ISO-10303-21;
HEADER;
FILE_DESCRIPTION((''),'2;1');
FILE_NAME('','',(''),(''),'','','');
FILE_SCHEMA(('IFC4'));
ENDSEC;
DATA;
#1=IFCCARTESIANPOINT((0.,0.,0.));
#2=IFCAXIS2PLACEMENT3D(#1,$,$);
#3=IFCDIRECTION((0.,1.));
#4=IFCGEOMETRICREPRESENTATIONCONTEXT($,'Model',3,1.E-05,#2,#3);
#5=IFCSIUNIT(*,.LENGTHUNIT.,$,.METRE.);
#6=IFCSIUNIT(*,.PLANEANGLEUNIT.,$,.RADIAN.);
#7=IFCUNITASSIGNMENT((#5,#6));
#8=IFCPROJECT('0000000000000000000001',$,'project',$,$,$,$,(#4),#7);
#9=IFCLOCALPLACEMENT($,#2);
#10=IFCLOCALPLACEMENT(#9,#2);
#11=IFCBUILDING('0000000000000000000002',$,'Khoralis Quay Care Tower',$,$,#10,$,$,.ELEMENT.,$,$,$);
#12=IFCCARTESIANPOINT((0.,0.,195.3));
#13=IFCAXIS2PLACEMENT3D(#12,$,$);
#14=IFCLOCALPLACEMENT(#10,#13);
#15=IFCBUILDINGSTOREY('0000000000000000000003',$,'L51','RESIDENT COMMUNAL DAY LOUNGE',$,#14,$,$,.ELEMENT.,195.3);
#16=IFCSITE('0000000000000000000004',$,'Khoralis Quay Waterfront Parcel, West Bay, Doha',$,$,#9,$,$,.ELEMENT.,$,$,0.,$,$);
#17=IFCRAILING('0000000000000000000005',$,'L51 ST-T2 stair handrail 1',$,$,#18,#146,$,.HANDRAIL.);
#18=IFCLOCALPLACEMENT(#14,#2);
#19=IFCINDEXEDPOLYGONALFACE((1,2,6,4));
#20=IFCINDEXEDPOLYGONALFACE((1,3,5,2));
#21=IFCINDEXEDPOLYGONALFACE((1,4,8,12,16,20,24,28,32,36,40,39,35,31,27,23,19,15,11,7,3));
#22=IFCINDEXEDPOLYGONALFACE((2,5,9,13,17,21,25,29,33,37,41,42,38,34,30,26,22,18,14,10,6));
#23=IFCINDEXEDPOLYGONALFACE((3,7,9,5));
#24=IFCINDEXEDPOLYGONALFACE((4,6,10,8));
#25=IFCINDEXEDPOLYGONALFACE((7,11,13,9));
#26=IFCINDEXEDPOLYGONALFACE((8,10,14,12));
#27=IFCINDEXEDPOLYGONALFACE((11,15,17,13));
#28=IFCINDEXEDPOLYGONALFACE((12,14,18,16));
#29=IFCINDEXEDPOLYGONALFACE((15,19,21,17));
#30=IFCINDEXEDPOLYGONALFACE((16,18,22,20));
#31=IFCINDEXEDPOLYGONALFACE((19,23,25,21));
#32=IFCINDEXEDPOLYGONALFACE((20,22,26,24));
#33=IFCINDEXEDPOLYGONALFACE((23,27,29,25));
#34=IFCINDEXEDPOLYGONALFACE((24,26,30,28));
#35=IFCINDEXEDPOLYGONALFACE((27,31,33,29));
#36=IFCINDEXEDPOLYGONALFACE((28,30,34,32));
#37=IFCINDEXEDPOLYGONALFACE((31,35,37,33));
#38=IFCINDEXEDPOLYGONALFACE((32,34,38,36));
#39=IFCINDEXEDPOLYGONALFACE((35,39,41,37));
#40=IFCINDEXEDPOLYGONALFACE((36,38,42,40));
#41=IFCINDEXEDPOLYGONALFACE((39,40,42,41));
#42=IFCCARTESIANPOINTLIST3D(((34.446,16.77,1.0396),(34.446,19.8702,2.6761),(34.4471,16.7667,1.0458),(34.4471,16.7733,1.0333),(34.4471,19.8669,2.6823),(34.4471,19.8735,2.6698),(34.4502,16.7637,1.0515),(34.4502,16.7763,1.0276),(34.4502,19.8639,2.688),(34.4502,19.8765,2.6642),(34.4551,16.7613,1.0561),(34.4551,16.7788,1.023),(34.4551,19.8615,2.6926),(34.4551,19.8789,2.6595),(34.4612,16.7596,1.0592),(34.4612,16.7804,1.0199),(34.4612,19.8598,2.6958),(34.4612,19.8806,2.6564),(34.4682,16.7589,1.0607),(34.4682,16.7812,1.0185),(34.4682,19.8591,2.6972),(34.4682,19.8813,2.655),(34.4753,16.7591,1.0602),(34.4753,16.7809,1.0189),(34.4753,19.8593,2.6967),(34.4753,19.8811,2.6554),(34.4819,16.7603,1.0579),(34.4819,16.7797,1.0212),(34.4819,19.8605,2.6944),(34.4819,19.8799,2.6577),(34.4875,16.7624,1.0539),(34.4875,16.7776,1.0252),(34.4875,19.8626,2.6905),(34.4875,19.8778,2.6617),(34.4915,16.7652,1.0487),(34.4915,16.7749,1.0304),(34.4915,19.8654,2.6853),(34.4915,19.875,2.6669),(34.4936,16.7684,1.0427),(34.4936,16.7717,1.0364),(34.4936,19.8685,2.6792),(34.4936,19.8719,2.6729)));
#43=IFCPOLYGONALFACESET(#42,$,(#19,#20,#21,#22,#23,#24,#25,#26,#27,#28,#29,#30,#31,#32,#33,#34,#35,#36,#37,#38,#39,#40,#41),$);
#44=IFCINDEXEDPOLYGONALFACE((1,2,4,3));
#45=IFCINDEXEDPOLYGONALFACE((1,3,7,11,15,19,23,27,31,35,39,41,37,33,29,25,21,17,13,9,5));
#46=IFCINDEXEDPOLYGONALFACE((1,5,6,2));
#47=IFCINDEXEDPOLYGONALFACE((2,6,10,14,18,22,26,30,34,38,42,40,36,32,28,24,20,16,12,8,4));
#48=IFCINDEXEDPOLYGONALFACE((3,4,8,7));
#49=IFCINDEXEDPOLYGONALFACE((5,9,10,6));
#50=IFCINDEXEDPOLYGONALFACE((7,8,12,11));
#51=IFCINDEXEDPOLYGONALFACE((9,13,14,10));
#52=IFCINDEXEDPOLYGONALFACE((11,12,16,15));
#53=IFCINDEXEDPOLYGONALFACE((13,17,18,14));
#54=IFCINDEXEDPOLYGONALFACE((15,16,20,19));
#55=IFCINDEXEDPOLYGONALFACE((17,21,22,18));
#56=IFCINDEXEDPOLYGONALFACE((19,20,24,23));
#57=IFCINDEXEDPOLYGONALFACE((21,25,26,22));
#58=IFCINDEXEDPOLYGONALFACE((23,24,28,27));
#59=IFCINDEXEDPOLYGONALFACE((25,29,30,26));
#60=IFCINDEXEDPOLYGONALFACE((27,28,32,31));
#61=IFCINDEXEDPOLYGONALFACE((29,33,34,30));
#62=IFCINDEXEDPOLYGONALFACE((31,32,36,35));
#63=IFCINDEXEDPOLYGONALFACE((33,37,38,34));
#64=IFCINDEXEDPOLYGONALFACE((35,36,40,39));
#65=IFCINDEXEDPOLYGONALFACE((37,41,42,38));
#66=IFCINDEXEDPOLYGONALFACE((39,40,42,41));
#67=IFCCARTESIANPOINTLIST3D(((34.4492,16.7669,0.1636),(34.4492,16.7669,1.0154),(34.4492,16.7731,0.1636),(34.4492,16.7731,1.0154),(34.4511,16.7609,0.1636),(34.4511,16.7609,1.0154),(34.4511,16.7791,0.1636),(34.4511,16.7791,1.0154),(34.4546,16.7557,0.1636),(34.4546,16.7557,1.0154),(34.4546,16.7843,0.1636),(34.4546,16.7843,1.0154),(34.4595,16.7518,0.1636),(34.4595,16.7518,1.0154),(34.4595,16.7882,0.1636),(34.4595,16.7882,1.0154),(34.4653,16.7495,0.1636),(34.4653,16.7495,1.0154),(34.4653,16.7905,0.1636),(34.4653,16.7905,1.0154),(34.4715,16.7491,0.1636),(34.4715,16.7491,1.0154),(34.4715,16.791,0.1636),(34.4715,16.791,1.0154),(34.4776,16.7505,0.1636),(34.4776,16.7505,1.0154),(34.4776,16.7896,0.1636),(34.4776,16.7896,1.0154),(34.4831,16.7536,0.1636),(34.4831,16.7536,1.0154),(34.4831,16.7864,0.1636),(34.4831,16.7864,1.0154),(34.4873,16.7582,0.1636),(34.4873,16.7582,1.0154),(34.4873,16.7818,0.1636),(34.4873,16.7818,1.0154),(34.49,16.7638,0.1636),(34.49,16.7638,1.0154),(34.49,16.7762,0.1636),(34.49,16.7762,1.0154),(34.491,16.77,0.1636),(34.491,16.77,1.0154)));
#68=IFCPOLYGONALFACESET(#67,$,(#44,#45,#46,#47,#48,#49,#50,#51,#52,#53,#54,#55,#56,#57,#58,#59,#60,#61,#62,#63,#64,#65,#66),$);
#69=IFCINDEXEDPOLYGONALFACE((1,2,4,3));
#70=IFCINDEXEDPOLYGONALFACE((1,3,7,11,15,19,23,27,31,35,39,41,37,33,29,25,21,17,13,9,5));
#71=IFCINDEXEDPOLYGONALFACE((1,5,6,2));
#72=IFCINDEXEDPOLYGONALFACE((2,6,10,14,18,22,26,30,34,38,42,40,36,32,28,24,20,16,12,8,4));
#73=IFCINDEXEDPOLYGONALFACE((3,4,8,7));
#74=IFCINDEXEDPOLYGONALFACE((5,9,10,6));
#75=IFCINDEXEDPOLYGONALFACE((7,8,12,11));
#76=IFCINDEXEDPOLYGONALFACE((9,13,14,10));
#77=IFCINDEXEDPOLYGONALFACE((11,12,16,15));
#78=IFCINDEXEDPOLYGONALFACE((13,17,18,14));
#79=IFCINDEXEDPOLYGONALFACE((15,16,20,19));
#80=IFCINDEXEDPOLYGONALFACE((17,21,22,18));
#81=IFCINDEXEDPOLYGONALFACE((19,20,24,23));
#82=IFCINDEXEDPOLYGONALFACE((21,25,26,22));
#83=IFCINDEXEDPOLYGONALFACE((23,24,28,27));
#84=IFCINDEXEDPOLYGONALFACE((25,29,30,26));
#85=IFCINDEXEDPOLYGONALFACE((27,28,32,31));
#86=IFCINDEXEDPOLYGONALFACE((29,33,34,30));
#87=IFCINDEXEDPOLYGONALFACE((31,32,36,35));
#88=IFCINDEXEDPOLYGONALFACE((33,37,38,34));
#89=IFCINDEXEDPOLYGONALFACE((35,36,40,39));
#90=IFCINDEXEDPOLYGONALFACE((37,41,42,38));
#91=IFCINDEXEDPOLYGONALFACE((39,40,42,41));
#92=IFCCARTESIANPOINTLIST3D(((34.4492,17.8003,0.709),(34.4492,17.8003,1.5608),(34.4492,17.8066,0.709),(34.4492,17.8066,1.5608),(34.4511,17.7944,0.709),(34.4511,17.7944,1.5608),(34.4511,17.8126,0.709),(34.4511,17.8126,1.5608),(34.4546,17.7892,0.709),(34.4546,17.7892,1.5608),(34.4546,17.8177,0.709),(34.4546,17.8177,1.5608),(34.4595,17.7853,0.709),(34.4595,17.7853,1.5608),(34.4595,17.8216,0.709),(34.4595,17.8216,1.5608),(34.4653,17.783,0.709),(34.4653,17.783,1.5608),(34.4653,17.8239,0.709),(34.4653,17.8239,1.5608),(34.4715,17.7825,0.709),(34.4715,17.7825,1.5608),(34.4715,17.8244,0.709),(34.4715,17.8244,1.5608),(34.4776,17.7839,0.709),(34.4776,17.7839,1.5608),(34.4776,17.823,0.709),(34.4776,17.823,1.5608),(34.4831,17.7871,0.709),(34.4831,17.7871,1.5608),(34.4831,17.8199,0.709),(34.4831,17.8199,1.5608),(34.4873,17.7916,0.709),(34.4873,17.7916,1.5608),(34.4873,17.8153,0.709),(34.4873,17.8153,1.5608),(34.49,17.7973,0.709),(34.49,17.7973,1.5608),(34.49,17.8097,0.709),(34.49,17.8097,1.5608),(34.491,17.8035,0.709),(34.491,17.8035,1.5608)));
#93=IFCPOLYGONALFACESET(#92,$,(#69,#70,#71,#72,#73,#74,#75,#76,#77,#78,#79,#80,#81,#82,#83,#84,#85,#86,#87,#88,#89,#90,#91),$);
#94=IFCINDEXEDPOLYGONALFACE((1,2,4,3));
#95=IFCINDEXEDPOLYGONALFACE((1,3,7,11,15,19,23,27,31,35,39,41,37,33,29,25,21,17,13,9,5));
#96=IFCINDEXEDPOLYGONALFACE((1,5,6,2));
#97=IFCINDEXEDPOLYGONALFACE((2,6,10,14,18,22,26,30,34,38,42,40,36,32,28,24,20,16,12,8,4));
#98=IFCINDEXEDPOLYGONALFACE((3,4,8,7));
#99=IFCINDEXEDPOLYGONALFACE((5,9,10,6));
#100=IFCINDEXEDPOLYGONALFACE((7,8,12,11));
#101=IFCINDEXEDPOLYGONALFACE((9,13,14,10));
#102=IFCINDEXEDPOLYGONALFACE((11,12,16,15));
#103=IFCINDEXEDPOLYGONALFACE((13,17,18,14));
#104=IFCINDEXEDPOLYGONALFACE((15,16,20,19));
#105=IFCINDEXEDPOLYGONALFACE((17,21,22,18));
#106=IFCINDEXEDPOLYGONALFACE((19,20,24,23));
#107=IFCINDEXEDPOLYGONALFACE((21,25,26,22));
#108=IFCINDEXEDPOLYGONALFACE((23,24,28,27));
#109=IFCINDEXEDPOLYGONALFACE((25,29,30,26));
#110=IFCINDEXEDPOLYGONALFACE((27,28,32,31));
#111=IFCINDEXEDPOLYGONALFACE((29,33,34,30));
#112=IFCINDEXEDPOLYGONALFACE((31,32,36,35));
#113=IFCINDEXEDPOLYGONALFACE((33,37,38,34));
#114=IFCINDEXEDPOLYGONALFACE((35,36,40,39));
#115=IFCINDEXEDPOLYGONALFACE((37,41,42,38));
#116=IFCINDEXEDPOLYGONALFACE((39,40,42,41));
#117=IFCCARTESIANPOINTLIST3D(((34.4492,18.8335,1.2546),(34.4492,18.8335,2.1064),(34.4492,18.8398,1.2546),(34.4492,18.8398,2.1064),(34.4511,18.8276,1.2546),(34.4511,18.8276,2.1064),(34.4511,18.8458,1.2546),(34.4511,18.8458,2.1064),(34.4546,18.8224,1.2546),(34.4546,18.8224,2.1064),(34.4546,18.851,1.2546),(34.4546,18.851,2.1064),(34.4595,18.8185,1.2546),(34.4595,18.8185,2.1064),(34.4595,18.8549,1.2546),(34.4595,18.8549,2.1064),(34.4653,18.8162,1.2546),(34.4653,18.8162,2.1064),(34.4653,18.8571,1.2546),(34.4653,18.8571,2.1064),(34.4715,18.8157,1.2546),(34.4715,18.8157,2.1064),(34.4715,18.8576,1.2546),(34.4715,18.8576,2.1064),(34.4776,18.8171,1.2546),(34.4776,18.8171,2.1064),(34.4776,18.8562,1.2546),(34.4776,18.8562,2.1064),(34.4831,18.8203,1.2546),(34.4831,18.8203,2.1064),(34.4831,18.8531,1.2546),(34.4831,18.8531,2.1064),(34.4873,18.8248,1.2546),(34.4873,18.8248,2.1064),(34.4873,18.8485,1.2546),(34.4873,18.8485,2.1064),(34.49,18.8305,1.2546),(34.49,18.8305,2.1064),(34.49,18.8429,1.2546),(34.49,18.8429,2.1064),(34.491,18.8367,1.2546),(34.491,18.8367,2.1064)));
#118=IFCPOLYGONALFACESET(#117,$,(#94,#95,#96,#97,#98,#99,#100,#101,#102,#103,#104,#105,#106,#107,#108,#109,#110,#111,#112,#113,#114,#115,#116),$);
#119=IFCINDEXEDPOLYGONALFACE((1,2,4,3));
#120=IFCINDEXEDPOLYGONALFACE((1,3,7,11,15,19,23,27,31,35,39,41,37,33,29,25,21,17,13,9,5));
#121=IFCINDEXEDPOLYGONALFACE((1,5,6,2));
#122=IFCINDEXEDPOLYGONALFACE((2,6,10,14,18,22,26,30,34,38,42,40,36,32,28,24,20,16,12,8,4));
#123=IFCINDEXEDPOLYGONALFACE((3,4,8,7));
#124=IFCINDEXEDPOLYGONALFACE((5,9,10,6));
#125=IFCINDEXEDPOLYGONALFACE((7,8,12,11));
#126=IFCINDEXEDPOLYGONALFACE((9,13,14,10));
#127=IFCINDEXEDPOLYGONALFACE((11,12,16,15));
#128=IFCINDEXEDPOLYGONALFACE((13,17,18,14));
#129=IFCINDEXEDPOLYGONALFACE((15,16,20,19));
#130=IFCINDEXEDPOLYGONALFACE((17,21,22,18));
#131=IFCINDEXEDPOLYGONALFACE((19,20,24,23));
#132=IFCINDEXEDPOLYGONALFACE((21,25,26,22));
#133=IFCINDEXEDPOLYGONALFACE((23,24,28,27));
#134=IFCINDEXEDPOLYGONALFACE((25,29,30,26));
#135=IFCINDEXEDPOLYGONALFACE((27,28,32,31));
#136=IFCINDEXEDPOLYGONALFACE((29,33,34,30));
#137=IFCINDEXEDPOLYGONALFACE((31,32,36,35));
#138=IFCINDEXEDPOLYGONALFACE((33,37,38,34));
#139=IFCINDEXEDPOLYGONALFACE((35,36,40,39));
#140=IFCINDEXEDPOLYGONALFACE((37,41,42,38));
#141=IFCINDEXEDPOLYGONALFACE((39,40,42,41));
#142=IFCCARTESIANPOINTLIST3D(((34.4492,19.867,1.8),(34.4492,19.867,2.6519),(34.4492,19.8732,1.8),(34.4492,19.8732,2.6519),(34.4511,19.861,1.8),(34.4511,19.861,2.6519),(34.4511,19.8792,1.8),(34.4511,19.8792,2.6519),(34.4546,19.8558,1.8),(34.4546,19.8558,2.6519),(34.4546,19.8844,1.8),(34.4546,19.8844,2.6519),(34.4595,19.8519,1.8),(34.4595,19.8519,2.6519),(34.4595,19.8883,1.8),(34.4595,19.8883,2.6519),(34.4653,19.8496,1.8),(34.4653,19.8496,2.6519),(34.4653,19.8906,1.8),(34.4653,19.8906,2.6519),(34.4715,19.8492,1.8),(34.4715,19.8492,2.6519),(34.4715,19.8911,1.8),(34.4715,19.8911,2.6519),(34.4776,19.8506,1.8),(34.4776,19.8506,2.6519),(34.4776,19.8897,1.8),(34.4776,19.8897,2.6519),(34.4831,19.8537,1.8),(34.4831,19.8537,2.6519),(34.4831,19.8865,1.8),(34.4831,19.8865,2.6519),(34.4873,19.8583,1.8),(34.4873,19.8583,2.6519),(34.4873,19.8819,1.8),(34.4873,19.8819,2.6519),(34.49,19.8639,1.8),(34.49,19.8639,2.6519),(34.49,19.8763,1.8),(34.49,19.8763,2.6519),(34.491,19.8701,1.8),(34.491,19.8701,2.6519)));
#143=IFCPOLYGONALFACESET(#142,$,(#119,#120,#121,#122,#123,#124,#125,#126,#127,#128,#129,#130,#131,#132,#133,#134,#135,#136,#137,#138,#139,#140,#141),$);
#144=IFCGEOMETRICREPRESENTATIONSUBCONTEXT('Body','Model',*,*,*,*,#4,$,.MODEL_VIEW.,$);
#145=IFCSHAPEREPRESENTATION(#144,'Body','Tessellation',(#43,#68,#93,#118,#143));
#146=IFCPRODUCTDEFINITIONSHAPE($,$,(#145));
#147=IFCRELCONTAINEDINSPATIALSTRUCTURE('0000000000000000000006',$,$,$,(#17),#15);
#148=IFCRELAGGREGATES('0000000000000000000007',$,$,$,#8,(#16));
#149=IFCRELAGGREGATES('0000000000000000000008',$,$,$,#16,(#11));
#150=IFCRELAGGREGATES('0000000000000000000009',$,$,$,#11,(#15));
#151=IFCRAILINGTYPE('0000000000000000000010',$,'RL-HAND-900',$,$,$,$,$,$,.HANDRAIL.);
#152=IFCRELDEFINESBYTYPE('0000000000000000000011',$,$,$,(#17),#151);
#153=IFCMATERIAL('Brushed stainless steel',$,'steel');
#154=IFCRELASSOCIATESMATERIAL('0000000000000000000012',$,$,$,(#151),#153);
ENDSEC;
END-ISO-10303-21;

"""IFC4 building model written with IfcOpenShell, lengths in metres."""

from ifc_helpers import new_model, si_unit, direction, frame, origin, origin_2d, place, context, subcontext, project, spatial, circle, extrude, material, type_object, element, save


model = new_model("IFC4")

# Units and contexts
model_context = context("Model", 3, precision=1e-05, world=origin(), true_north=direction((0.0, 1.0)))
body_context = subcontext(model_context, "Body", "Model", "MODEL_VIEW")
ifc_project = project(units=[si_unit("LENGTHUNIT", "METRE"), si_unit("PLANEANGLEUNIT", "RADIAN")], contexts=[model_context])

# Site, building, storey
site_placement = place(None, origin())
site = spatial("IfcSite", under=ifc_project, at=site_placement, Name="Khoralis Quay Waterfront Parcel, West Bay, Doha", CompositionType="ELEMENT", RefElevation=0.0)
building_placement = place(site_placement, origin())
building = spatial("IfcBuilding", under=site, at=building_placement, Name="Khoralis Quay Care Tower", CompositionType="ELEMENT")
storey_placement = place(building_placement, frame((0.0, 0.0, 195.3)))
storey = spatial("IfcBuildingStorey", under=building, at=storey_placement, Name="L51", Description="RESIDENT COMMUNAL DAY LOUNGE", CompositionType="ELEMENT", Elevation=195.3)

# Shared definitions
ifc_material_1 = material(Name="Brushed stainless steel", Category="steel")

# Railing
railing_type_1 = type_object("IfcRailingType", Name="RL-HAND-900", PredefinedType="HANDRAIL", material=ifc_material_1)
railing_1_placement = place(storey_placement, frame((34.47, 16.77, 0.1636)))
element("IfcRailing", 1, at=railing_1_placement, inside=storey, type_object=railing_type_1, Name="L51 ST-T2 stair handrail 1", PredefinedType="HANDRAIL", context=body_context, shape_type="SweptSolid", body=[
    extrude(circle(Radius=0.0239, at=origin_2d()), frame((0.0, 0.0, 0.876), z_axis=(0.0, 0.884348, 0.466828), x_axis=(-1.0, 0.0, 0.0)), (0.0, 0.0, 1.0), 3.5056),
    extrude(circle(Radius=0.021, at=origin_2d()), origin(), (0.0, 0.0, 1.0), 0.8518),
    extrude(circle(Radius=0.021, at=origin_2d()), frame((0.0, 1.0334, 0.5454)), (0.0, 0.0, 1.0), 0.8518),
    extrude(circle(Radius=0.021, at=origin_2d()), frame((0.0, 2.0667, 1.0911)), (0.0, 0.0, 1.0), 0.8518),
    extrude(circle(Radius=0.021, at=origin_2d()), frame((0.0, 3.1001, 1.6365)), (0.0, 0.0, 1.0), 0.8518),
])

save(model, "model.ifc")
